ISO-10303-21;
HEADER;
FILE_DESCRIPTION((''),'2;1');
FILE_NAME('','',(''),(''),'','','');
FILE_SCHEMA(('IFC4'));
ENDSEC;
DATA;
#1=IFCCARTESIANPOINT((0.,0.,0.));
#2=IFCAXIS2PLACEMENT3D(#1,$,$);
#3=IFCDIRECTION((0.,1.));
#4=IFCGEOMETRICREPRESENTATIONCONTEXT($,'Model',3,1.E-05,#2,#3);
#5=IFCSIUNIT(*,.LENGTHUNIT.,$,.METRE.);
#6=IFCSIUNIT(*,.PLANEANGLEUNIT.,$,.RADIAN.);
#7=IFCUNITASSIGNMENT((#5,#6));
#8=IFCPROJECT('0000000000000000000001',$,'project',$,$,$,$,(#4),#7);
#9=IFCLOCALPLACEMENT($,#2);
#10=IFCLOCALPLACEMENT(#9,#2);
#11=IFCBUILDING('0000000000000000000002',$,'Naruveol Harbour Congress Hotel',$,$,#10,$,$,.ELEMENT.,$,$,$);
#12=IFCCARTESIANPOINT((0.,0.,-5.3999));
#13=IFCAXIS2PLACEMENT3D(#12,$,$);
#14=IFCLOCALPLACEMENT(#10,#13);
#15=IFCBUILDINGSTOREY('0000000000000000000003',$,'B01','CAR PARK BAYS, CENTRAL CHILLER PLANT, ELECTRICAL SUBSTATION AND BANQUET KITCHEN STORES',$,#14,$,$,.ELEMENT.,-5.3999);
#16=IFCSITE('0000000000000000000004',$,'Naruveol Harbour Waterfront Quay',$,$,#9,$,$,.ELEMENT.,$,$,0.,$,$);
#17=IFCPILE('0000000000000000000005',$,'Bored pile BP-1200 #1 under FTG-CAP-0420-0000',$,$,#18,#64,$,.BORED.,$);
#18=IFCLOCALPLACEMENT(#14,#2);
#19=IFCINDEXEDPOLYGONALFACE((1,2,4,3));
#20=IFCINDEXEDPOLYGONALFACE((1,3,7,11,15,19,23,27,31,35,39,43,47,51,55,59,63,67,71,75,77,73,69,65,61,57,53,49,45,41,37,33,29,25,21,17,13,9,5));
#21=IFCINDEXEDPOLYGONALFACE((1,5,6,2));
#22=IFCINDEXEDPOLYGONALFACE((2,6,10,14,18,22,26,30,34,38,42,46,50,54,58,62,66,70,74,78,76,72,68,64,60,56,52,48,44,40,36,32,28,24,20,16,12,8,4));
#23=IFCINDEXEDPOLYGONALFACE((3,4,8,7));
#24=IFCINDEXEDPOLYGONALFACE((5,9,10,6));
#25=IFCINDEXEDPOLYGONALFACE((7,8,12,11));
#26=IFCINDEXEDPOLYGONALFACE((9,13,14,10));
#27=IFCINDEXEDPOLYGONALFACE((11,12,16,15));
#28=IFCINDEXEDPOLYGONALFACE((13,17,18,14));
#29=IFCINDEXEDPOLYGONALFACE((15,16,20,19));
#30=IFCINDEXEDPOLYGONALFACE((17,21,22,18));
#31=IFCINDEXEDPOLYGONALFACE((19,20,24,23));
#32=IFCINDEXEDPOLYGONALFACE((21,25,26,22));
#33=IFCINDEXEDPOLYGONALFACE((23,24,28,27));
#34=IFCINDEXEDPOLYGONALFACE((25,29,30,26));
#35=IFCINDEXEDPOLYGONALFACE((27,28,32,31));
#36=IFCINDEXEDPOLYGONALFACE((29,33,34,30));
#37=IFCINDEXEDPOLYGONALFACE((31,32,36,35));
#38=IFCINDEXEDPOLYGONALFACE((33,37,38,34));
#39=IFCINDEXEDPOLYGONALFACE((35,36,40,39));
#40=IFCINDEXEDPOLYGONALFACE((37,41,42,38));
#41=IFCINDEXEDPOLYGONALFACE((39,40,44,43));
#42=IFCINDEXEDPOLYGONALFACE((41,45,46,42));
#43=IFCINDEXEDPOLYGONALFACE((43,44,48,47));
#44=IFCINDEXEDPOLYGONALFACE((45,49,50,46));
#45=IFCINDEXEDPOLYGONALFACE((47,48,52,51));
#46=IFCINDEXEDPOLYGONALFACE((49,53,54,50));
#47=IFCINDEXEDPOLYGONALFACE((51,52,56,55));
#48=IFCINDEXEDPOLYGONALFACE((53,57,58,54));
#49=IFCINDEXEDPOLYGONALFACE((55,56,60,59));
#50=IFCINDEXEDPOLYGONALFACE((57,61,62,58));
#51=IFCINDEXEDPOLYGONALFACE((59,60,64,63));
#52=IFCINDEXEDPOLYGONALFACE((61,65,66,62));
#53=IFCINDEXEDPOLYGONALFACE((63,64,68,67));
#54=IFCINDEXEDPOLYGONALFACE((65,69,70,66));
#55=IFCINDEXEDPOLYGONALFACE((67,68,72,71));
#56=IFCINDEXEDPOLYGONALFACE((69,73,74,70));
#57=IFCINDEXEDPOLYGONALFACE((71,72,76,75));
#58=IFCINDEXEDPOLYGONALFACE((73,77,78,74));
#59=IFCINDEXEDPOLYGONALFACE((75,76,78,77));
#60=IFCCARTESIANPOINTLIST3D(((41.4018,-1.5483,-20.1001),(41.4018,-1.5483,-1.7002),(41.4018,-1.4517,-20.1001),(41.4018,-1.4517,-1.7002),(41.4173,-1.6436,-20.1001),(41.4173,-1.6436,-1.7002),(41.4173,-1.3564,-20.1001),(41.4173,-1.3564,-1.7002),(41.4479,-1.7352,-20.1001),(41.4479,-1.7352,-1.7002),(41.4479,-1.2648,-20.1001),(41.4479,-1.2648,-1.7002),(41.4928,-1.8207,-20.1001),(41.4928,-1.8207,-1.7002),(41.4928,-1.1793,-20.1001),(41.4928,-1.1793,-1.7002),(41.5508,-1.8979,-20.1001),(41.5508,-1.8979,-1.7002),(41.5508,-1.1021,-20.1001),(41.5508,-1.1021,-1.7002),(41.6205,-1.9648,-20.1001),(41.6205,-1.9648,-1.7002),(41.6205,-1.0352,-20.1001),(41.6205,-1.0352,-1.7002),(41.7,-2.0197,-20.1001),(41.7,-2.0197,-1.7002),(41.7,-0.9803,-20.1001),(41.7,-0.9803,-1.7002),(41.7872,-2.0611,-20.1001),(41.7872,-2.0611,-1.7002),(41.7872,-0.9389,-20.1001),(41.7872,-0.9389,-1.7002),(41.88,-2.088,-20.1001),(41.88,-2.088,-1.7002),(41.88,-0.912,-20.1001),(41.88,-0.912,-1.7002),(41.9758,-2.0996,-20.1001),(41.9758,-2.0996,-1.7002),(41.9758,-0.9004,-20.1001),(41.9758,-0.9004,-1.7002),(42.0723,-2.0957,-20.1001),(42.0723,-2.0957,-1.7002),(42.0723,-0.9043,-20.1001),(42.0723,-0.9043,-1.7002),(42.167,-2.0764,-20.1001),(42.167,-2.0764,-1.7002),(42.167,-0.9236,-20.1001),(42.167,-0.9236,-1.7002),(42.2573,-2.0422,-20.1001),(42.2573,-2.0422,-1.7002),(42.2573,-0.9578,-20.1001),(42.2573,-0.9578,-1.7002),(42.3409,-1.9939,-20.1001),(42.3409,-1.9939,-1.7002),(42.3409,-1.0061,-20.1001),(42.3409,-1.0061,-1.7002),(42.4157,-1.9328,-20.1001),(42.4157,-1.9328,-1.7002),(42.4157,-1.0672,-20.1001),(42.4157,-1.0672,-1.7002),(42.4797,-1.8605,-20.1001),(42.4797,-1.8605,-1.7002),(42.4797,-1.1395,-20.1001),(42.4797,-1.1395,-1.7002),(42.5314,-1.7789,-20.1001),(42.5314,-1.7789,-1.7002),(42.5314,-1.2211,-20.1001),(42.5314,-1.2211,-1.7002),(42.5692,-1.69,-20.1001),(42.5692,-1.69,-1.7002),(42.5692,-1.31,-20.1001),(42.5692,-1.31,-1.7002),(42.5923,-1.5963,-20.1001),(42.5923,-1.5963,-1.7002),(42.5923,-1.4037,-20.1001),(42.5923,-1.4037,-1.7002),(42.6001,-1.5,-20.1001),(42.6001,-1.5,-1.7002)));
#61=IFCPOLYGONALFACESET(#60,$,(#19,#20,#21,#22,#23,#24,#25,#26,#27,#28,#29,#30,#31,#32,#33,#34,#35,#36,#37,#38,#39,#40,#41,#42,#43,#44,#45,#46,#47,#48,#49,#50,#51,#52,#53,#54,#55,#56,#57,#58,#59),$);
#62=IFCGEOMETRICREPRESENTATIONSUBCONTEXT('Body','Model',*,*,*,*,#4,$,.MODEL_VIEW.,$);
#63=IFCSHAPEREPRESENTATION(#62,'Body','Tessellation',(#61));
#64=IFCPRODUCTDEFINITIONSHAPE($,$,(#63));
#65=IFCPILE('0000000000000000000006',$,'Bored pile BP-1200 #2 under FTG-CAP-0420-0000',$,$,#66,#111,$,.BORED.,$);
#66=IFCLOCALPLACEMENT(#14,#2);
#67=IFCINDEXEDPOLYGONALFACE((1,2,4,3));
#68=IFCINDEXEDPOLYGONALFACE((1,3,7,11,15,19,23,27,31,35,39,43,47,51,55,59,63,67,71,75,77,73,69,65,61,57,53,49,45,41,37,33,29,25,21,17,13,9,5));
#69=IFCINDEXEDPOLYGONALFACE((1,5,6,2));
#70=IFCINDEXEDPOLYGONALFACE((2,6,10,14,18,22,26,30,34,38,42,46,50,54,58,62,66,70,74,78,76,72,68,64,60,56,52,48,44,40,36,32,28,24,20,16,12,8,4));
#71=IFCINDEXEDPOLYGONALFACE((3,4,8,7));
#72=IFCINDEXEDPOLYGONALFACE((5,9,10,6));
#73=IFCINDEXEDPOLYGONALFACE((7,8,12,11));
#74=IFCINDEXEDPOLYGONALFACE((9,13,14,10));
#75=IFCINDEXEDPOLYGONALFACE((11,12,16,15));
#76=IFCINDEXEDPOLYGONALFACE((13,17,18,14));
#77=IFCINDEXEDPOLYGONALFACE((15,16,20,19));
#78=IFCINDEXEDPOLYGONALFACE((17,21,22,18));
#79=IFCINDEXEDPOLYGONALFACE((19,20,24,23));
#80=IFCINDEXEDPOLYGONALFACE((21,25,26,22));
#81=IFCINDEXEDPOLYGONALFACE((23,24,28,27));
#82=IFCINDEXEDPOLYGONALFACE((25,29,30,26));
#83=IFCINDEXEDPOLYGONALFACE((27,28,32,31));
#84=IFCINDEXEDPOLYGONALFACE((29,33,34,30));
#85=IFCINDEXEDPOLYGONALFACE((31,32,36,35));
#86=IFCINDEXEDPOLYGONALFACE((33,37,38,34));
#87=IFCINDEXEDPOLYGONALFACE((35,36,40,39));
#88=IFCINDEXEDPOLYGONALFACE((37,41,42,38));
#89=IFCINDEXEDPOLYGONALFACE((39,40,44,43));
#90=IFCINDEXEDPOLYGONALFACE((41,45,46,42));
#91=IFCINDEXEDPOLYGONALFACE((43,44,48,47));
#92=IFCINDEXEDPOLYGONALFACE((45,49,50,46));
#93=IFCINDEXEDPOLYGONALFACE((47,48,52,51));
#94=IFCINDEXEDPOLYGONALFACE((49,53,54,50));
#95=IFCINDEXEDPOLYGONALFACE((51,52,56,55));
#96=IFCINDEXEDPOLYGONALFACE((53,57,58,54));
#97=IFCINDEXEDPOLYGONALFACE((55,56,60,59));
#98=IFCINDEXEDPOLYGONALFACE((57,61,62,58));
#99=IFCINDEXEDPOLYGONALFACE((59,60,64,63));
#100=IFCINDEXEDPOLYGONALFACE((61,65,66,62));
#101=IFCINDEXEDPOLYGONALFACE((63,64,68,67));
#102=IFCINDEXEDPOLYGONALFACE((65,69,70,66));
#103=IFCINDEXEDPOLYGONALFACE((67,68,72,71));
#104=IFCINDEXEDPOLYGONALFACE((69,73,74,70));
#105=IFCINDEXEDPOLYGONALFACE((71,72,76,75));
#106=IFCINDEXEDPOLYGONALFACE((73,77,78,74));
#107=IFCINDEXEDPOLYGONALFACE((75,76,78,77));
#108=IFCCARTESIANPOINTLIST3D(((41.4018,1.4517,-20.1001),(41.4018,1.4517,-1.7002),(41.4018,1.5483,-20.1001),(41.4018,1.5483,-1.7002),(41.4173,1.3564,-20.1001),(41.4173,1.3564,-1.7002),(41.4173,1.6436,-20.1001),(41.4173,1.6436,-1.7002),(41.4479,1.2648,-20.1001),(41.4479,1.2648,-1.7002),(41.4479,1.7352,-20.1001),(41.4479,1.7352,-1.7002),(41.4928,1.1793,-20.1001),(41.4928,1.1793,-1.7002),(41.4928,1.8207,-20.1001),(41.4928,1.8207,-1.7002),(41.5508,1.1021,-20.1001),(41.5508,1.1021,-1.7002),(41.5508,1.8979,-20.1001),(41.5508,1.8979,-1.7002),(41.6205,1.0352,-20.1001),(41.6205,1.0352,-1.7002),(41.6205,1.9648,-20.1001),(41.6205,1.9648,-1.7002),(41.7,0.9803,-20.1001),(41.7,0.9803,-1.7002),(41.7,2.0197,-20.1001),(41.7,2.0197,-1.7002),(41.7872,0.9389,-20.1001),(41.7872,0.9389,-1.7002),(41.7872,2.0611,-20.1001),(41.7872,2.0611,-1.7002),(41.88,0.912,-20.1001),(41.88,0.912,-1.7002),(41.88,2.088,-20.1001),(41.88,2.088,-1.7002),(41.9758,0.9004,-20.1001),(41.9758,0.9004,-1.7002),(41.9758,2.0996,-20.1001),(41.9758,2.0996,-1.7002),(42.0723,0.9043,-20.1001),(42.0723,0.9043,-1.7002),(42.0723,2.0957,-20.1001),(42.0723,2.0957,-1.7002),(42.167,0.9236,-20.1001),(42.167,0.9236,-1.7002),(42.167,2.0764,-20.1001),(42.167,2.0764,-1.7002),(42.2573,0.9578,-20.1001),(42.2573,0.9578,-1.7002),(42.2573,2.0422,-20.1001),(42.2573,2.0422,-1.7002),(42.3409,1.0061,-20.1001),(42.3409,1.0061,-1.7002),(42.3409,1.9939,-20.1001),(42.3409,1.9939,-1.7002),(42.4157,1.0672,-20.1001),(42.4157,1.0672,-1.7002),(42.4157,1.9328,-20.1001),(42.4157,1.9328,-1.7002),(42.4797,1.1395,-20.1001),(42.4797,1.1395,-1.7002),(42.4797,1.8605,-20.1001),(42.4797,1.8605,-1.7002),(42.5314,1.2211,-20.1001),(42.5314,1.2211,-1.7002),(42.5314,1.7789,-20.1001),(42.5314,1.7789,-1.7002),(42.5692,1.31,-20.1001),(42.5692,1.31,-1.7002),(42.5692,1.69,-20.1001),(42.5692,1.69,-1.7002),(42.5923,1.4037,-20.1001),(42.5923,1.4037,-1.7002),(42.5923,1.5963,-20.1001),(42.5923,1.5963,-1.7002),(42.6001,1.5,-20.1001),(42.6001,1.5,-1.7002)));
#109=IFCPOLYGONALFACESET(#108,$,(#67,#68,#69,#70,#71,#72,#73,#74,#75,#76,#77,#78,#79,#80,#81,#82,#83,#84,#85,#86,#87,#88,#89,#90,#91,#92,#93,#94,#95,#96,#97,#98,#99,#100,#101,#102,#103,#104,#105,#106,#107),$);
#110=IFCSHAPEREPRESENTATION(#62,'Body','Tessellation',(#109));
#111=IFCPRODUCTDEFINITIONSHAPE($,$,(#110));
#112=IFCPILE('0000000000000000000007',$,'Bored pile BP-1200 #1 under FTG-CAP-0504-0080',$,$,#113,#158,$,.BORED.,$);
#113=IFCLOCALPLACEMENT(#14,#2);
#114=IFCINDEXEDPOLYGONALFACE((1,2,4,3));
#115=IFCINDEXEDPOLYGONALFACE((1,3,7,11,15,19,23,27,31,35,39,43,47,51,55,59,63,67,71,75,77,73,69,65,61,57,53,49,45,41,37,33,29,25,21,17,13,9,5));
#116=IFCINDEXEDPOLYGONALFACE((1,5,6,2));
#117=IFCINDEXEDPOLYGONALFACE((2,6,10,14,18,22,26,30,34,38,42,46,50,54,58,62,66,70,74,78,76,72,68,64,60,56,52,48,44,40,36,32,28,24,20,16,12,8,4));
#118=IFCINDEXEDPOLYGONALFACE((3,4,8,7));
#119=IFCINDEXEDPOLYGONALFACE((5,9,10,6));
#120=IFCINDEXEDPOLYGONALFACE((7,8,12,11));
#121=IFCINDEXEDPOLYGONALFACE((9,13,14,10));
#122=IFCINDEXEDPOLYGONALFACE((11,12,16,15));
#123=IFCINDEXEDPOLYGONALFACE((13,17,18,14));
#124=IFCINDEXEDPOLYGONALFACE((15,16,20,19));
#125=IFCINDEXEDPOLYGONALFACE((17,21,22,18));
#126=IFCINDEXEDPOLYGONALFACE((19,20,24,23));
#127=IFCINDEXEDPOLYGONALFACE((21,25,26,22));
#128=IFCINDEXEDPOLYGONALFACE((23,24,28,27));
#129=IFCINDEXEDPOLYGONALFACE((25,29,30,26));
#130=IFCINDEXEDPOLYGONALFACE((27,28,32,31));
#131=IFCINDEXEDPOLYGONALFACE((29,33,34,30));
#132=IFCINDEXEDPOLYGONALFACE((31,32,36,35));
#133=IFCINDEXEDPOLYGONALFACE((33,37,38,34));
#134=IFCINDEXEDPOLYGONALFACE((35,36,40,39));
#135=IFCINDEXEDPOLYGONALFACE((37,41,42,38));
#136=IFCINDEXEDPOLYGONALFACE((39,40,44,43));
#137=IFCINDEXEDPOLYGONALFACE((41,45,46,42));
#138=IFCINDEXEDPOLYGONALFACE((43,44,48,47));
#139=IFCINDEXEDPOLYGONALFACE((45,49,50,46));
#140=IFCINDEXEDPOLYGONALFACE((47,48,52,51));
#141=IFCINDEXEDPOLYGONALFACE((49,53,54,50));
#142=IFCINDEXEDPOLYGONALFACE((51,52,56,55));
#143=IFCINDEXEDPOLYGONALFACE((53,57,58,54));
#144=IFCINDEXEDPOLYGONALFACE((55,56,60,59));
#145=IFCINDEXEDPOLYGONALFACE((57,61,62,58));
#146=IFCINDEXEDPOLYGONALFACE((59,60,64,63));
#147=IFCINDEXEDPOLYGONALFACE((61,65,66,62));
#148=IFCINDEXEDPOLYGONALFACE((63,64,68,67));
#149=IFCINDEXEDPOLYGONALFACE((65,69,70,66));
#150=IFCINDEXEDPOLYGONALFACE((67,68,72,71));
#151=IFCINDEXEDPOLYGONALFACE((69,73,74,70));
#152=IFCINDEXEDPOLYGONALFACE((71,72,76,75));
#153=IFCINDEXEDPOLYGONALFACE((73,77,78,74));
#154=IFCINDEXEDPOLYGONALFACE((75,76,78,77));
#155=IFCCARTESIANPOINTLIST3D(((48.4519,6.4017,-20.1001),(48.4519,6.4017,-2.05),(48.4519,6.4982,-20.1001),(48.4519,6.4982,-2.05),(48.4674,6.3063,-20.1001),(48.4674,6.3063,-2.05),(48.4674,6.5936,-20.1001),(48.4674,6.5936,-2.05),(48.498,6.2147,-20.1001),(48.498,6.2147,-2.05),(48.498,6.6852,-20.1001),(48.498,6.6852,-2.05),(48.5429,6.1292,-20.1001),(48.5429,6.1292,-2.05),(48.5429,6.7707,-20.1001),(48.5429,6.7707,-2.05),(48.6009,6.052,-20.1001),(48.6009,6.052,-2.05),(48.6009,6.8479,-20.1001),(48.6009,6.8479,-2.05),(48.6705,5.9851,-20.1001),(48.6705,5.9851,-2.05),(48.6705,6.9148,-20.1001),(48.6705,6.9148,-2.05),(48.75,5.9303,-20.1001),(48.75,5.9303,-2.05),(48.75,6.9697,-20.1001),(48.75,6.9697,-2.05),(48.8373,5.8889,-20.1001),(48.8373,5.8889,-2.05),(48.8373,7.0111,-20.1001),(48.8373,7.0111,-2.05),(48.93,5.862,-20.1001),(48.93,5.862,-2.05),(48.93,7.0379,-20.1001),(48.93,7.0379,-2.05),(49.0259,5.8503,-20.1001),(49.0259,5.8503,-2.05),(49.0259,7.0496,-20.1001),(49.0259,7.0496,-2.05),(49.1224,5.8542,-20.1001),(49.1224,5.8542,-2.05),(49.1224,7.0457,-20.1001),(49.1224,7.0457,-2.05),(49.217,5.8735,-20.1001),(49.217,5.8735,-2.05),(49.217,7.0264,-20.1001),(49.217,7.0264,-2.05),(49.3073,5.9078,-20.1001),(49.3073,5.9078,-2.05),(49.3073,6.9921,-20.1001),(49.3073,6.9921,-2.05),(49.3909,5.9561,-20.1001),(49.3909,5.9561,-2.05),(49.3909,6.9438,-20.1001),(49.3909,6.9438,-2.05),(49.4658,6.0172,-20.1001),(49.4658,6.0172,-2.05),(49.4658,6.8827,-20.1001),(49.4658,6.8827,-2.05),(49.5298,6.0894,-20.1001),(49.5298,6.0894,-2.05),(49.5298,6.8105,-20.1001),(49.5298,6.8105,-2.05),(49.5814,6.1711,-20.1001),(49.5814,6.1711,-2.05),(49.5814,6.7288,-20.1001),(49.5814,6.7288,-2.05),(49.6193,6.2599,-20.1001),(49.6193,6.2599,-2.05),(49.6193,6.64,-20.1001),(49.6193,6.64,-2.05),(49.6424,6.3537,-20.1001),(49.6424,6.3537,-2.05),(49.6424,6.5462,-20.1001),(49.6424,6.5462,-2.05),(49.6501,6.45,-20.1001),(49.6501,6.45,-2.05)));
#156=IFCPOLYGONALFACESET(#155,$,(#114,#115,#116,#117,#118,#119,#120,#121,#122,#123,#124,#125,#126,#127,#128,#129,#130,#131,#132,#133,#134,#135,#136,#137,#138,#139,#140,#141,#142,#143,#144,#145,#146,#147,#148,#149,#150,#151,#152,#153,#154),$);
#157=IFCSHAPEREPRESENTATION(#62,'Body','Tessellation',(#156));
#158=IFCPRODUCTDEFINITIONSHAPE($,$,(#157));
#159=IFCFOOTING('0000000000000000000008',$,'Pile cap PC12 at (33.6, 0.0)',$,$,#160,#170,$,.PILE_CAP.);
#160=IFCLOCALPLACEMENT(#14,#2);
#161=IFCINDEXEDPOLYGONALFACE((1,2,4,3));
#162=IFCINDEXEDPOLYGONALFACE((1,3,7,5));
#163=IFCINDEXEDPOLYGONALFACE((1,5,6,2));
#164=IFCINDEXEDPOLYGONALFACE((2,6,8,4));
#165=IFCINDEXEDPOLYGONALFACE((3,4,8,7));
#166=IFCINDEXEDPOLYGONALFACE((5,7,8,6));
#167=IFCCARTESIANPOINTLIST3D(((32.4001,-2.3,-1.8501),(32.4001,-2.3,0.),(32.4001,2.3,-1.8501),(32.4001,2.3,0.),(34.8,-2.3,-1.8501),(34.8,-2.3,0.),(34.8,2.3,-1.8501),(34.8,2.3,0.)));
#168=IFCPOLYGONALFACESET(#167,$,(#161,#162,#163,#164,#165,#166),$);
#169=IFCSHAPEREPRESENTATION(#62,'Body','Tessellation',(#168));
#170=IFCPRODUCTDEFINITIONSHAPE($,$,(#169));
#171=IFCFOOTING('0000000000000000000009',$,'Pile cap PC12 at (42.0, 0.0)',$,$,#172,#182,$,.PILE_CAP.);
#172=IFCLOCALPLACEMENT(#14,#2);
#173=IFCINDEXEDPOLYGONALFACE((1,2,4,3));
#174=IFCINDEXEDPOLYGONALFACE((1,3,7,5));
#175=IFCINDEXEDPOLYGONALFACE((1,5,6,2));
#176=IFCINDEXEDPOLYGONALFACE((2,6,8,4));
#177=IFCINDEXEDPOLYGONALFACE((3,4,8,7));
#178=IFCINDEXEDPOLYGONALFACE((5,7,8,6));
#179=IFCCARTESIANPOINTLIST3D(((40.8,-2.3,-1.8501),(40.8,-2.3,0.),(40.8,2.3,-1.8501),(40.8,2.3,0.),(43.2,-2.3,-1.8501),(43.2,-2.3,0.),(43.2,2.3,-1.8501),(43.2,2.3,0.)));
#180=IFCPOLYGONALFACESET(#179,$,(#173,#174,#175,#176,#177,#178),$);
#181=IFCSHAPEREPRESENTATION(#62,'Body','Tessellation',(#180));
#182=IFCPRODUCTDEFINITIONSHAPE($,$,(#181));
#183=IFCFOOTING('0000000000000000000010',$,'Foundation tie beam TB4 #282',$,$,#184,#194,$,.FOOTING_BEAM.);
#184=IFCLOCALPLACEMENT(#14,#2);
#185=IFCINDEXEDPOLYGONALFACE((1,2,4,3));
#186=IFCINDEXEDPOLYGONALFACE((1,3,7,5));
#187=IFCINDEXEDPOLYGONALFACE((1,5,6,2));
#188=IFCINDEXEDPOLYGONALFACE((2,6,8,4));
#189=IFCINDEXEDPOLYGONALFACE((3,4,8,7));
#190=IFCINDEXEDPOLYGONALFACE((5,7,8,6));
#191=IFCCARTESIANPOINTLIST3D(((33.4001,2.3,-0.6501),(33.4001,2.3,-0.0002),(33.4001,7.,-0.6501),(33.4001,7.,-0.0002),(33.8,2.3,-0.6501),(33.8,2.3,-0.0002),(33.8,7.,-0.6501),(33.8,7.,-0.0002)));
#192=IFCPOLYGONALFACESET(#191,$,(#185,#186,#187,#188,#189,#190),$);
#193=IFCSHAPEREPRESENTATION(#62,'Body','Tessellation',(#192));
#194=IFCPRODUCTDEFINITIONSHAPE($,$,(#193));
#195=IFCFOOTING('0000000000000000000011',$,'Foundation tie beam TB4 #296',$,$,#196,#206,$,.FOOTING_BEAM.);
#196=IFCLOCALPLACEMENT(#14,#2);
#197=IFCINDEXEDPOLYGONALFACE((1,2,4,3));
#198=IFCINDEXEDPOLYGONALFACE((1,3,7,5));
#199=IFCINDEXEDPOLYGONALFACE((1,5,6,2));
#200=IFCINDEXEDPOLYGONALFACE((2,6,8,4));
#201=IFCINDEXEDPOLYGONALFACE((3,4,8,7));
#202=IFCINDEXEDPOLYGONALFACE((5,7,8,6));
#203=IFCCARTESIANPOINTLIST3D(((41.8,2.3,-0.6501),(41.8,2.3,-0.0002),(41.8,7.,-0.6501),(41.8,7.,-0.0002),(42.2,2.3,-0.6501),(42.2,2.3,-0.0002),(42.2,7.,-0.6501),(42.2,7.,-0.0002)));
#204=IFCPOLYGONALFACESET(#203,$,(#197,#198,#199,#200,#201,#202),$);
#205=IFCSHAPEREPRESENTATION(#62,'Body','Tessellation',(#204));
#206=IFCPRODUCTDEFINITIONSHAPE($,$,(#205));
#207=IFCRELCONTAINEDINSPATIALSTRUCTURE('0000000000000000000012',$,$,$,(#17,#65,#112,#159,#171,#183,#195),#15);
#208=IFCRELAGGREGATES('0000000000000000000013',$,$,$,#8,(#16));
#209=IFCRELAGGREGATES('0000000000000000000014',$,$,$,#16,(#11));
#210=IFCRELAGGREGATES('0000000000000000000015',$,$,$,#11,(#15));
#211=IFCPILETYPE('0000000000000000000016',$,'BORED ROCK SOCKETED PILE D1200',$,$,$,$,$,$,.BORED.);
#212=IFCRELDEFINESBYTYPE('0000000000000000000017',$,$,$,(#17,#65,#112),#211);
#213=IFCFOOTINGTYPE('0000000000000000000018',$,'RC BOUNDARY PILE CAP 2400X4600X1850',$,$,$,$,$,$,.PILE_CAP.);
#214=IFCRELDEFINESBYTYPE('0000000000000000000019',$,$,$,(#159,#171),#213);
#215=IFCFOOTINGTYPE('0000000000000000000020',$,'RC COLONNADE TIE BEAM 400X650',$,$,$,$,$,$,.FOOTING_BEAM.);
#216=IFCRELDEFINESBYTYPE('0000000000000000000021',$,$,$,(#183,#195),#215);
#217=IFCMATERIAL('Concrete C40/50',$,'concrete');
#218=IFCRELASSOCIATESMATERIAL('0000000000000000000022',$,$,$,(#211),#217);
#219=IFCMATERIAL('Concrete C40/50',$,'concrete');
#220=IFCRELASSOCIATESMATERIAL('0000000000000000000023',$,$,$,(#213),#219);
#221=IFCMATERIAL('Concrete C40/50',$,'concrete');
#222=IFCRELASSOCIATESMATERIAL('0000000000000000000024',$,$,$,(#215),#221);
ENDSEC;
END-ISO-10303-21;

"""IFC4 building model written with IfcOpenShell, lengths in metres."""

from ifc_helpers import new_model, si_unit, direction, frame, origin, origin_2d, place, context, subcontext, project, spatial, rectangle, circle, extrude, material, material_profile, profile_set, type_object, element, save


model = new_model("IFC4")

# Units and contexts
model_context = context("Model", 3, precision=1e-05, world=origin(), true_north=direction((0.0, 1.0)))
body_context = subcontext(model_context, "Body", "Model", "MODEL_VIEW")
ifc_project = project(units=[si_unit("LENGTHUNIT", "METRE"), si_unit("PLANEANGLEUNIT", "RADIAN")], contexts=[model_context])

# Site, building, storey
site_placement = place(None, origin())
site = spatial("IfcSite", under=ifc_project, at=site_placement, Name="Naruveol Harbour Waterfront Quay", CompositionType="ELEMENT", RefElevation=0.0)
building_placement = place(site_placement, origin())
building = spatial("IfcBuilding", under=site, at=building_placement, Name="Naruveol Harbour Congress Hotel", CompositionType="ELEMENT")
storey_placement = place(building_placement, frame((0.0, 0.0, -5.3999)))
storey = spatial("IfcBuildingStorey", under=building, at=storey_placement, Name="B01", Description="CAR PARK BAYS, CENTRAL CHILLER PLANT, ELECTRICAL SUBSTATION AND BANQUET KITCHEN STORES", CompositionType="ELEMENT", Elevation=-5.3999)

# Piles
ifc_material_1 = material(Name="Concrete C40/50", Category="concrete")
ifc_material_profile_1 = material_profile(ifc_material_1, circle(Radius=0.6001, at=origin_2d()), Name="BP-1200")
ifc_profile_set_1 = profile_set([ifc_material_profile_1], Name="Concrete C40/50")
pile_type_1 = type_object("IfcPileType", Name="BORED ROCK SOCKETED PILE D1200", PredefinedType="BORED", material=ifc_profile_set_1)
for number, where, z_axis, x_axis, name in (
    (1, (42.0, -1.5, -1.7002), (0.0, 0.0, -1.0), (1.0, 0.0, 0.0), "Bored pile BP-1200 #1 under FTG-CAP-0420-0000"),
    (2, (42.0, 1.5, -1.7002), (0.0, 0.0, -1.0), (1.0, 0.0, 0.0), "Bored pile BP-1200 #2 under FTG-CAP-0420-0000"),
):
    element("IfcPile", number, at=place(storey_placement, frame(where, z_axis=z_axis, x_axis=x_axis)), inside=storey, type_object=pile_type_1, Name=name, PredefinedType="BORED", context=body_context, shape_type="SweptSolid", body=[
        extrude(circle(Radius=0.6001, at=origin_2d()), origin(), (0.0, 0.0, 1.0), 18.3999),
    ])
pile_placement = place(storey_placement, frame((49.05, 6.45, -2.05), z_axis=(0.0, 0.0, -1.0), x_axis=(1.0, 0.0, 0.0)))
element("IfcPile", 3, at=pile_placement, inside=storey, type_object=pile_type_1, Name="Bored pile BP-1200 #1 under FTG-CAP-0504-0080", PredefinedType="BORED", context=body_context, shape_type="SweptSolid", body=[
    extrude(circle(Radius=0.6001, at=origin_2d()), origin(), (0.0, 0.0, 1.0), 18.05),
])

# Footings
ifc_material_2 = material(Name="Concrete C40/50", Category="concrete")
footing_type_1 = type_object("IfcFootingType", Name="RC BOUNDARY PILE CAP 2400X4600X1850", PredefinedType="PILE_CAP", material=ifc_material_2)
for number, where, z_axis, x_axis, name in (
    (4, (33.6001, 0.0, -1.8501), (0.0, 0.0, 1.0), (1.0, 0.0, 0.0), "Pile cap PC12 at (33.6, 0.0)"),
    (5, (42.0, 0.0, -1.8501), (0.0, 0.0, 1.0), (1.0, 0.0, 0.0), "Pile cap PC12 at (42.0, 0.0)"),
):
    element("IfcFooting", number, at=place(storey_placement, frame(where, z_axis=z_axis, x_axis=x_axis)), inside=storey, type_object=footing_type_1, Name=name, PredefinedType="PILE_CAP", context=body_context, shape_type="SweptSolid", body=[
        extrude(rectangle(XDim=2.3999, YDim=4.6001, at=origin_2d()), origin(), (0.0, 0.0, 1.0), 1.8501),
    ])
ifc_material_3 = material(Name="Concrete C40/50", Category="concrete")
ifc_material_profile_2 = material_profile(ifc_material_3, rectangle(XDim=0.3999, YDim=0.6499, at=origin_2d()), Name="RCB-400x650")
ifc_profile_set_2 = profile_set([ifc_material_profile_2], Name="Concrete C40/50")
footing_type_2 = type_object("IfcFootingType", Name="RC COLONNADE TIE BEAM 400X650", PredefinedType="FOOTING_BEAM", material=ifc_profile_set_2)
for number, where, z_axis, x_axis, name in (
    (6, (33.6001, 2.3, -0.3252), (0.0, 1.0, 0.0), (-1.0, 0.0, 0.0), "Foundation tie beam TB4 #282"),
    (7, (42.0, 2.3, -0.3252), (0.0, 1.0, 0.0), (-1.0, 0.0, 0.0), "Foundation tie beam TB4 #296"),
):
    element("IfcFooting", number, at=place(storey_placement, frame(where, z_axis=z_axis, x_axis=x_axis)), inside=storey, type_object=footing_type_2, Name=name, PredefinedType="FOOTING_BEAM", context=body_context, shape_type="SweptSolid", body=[
        extrude(rectangle(XDim=0.3999, YDim=0.6499, at=origin_2d()), origin(), (0.0, 0.0, 1.0), 4.7),
    ])

save(model, "model.ifc")
